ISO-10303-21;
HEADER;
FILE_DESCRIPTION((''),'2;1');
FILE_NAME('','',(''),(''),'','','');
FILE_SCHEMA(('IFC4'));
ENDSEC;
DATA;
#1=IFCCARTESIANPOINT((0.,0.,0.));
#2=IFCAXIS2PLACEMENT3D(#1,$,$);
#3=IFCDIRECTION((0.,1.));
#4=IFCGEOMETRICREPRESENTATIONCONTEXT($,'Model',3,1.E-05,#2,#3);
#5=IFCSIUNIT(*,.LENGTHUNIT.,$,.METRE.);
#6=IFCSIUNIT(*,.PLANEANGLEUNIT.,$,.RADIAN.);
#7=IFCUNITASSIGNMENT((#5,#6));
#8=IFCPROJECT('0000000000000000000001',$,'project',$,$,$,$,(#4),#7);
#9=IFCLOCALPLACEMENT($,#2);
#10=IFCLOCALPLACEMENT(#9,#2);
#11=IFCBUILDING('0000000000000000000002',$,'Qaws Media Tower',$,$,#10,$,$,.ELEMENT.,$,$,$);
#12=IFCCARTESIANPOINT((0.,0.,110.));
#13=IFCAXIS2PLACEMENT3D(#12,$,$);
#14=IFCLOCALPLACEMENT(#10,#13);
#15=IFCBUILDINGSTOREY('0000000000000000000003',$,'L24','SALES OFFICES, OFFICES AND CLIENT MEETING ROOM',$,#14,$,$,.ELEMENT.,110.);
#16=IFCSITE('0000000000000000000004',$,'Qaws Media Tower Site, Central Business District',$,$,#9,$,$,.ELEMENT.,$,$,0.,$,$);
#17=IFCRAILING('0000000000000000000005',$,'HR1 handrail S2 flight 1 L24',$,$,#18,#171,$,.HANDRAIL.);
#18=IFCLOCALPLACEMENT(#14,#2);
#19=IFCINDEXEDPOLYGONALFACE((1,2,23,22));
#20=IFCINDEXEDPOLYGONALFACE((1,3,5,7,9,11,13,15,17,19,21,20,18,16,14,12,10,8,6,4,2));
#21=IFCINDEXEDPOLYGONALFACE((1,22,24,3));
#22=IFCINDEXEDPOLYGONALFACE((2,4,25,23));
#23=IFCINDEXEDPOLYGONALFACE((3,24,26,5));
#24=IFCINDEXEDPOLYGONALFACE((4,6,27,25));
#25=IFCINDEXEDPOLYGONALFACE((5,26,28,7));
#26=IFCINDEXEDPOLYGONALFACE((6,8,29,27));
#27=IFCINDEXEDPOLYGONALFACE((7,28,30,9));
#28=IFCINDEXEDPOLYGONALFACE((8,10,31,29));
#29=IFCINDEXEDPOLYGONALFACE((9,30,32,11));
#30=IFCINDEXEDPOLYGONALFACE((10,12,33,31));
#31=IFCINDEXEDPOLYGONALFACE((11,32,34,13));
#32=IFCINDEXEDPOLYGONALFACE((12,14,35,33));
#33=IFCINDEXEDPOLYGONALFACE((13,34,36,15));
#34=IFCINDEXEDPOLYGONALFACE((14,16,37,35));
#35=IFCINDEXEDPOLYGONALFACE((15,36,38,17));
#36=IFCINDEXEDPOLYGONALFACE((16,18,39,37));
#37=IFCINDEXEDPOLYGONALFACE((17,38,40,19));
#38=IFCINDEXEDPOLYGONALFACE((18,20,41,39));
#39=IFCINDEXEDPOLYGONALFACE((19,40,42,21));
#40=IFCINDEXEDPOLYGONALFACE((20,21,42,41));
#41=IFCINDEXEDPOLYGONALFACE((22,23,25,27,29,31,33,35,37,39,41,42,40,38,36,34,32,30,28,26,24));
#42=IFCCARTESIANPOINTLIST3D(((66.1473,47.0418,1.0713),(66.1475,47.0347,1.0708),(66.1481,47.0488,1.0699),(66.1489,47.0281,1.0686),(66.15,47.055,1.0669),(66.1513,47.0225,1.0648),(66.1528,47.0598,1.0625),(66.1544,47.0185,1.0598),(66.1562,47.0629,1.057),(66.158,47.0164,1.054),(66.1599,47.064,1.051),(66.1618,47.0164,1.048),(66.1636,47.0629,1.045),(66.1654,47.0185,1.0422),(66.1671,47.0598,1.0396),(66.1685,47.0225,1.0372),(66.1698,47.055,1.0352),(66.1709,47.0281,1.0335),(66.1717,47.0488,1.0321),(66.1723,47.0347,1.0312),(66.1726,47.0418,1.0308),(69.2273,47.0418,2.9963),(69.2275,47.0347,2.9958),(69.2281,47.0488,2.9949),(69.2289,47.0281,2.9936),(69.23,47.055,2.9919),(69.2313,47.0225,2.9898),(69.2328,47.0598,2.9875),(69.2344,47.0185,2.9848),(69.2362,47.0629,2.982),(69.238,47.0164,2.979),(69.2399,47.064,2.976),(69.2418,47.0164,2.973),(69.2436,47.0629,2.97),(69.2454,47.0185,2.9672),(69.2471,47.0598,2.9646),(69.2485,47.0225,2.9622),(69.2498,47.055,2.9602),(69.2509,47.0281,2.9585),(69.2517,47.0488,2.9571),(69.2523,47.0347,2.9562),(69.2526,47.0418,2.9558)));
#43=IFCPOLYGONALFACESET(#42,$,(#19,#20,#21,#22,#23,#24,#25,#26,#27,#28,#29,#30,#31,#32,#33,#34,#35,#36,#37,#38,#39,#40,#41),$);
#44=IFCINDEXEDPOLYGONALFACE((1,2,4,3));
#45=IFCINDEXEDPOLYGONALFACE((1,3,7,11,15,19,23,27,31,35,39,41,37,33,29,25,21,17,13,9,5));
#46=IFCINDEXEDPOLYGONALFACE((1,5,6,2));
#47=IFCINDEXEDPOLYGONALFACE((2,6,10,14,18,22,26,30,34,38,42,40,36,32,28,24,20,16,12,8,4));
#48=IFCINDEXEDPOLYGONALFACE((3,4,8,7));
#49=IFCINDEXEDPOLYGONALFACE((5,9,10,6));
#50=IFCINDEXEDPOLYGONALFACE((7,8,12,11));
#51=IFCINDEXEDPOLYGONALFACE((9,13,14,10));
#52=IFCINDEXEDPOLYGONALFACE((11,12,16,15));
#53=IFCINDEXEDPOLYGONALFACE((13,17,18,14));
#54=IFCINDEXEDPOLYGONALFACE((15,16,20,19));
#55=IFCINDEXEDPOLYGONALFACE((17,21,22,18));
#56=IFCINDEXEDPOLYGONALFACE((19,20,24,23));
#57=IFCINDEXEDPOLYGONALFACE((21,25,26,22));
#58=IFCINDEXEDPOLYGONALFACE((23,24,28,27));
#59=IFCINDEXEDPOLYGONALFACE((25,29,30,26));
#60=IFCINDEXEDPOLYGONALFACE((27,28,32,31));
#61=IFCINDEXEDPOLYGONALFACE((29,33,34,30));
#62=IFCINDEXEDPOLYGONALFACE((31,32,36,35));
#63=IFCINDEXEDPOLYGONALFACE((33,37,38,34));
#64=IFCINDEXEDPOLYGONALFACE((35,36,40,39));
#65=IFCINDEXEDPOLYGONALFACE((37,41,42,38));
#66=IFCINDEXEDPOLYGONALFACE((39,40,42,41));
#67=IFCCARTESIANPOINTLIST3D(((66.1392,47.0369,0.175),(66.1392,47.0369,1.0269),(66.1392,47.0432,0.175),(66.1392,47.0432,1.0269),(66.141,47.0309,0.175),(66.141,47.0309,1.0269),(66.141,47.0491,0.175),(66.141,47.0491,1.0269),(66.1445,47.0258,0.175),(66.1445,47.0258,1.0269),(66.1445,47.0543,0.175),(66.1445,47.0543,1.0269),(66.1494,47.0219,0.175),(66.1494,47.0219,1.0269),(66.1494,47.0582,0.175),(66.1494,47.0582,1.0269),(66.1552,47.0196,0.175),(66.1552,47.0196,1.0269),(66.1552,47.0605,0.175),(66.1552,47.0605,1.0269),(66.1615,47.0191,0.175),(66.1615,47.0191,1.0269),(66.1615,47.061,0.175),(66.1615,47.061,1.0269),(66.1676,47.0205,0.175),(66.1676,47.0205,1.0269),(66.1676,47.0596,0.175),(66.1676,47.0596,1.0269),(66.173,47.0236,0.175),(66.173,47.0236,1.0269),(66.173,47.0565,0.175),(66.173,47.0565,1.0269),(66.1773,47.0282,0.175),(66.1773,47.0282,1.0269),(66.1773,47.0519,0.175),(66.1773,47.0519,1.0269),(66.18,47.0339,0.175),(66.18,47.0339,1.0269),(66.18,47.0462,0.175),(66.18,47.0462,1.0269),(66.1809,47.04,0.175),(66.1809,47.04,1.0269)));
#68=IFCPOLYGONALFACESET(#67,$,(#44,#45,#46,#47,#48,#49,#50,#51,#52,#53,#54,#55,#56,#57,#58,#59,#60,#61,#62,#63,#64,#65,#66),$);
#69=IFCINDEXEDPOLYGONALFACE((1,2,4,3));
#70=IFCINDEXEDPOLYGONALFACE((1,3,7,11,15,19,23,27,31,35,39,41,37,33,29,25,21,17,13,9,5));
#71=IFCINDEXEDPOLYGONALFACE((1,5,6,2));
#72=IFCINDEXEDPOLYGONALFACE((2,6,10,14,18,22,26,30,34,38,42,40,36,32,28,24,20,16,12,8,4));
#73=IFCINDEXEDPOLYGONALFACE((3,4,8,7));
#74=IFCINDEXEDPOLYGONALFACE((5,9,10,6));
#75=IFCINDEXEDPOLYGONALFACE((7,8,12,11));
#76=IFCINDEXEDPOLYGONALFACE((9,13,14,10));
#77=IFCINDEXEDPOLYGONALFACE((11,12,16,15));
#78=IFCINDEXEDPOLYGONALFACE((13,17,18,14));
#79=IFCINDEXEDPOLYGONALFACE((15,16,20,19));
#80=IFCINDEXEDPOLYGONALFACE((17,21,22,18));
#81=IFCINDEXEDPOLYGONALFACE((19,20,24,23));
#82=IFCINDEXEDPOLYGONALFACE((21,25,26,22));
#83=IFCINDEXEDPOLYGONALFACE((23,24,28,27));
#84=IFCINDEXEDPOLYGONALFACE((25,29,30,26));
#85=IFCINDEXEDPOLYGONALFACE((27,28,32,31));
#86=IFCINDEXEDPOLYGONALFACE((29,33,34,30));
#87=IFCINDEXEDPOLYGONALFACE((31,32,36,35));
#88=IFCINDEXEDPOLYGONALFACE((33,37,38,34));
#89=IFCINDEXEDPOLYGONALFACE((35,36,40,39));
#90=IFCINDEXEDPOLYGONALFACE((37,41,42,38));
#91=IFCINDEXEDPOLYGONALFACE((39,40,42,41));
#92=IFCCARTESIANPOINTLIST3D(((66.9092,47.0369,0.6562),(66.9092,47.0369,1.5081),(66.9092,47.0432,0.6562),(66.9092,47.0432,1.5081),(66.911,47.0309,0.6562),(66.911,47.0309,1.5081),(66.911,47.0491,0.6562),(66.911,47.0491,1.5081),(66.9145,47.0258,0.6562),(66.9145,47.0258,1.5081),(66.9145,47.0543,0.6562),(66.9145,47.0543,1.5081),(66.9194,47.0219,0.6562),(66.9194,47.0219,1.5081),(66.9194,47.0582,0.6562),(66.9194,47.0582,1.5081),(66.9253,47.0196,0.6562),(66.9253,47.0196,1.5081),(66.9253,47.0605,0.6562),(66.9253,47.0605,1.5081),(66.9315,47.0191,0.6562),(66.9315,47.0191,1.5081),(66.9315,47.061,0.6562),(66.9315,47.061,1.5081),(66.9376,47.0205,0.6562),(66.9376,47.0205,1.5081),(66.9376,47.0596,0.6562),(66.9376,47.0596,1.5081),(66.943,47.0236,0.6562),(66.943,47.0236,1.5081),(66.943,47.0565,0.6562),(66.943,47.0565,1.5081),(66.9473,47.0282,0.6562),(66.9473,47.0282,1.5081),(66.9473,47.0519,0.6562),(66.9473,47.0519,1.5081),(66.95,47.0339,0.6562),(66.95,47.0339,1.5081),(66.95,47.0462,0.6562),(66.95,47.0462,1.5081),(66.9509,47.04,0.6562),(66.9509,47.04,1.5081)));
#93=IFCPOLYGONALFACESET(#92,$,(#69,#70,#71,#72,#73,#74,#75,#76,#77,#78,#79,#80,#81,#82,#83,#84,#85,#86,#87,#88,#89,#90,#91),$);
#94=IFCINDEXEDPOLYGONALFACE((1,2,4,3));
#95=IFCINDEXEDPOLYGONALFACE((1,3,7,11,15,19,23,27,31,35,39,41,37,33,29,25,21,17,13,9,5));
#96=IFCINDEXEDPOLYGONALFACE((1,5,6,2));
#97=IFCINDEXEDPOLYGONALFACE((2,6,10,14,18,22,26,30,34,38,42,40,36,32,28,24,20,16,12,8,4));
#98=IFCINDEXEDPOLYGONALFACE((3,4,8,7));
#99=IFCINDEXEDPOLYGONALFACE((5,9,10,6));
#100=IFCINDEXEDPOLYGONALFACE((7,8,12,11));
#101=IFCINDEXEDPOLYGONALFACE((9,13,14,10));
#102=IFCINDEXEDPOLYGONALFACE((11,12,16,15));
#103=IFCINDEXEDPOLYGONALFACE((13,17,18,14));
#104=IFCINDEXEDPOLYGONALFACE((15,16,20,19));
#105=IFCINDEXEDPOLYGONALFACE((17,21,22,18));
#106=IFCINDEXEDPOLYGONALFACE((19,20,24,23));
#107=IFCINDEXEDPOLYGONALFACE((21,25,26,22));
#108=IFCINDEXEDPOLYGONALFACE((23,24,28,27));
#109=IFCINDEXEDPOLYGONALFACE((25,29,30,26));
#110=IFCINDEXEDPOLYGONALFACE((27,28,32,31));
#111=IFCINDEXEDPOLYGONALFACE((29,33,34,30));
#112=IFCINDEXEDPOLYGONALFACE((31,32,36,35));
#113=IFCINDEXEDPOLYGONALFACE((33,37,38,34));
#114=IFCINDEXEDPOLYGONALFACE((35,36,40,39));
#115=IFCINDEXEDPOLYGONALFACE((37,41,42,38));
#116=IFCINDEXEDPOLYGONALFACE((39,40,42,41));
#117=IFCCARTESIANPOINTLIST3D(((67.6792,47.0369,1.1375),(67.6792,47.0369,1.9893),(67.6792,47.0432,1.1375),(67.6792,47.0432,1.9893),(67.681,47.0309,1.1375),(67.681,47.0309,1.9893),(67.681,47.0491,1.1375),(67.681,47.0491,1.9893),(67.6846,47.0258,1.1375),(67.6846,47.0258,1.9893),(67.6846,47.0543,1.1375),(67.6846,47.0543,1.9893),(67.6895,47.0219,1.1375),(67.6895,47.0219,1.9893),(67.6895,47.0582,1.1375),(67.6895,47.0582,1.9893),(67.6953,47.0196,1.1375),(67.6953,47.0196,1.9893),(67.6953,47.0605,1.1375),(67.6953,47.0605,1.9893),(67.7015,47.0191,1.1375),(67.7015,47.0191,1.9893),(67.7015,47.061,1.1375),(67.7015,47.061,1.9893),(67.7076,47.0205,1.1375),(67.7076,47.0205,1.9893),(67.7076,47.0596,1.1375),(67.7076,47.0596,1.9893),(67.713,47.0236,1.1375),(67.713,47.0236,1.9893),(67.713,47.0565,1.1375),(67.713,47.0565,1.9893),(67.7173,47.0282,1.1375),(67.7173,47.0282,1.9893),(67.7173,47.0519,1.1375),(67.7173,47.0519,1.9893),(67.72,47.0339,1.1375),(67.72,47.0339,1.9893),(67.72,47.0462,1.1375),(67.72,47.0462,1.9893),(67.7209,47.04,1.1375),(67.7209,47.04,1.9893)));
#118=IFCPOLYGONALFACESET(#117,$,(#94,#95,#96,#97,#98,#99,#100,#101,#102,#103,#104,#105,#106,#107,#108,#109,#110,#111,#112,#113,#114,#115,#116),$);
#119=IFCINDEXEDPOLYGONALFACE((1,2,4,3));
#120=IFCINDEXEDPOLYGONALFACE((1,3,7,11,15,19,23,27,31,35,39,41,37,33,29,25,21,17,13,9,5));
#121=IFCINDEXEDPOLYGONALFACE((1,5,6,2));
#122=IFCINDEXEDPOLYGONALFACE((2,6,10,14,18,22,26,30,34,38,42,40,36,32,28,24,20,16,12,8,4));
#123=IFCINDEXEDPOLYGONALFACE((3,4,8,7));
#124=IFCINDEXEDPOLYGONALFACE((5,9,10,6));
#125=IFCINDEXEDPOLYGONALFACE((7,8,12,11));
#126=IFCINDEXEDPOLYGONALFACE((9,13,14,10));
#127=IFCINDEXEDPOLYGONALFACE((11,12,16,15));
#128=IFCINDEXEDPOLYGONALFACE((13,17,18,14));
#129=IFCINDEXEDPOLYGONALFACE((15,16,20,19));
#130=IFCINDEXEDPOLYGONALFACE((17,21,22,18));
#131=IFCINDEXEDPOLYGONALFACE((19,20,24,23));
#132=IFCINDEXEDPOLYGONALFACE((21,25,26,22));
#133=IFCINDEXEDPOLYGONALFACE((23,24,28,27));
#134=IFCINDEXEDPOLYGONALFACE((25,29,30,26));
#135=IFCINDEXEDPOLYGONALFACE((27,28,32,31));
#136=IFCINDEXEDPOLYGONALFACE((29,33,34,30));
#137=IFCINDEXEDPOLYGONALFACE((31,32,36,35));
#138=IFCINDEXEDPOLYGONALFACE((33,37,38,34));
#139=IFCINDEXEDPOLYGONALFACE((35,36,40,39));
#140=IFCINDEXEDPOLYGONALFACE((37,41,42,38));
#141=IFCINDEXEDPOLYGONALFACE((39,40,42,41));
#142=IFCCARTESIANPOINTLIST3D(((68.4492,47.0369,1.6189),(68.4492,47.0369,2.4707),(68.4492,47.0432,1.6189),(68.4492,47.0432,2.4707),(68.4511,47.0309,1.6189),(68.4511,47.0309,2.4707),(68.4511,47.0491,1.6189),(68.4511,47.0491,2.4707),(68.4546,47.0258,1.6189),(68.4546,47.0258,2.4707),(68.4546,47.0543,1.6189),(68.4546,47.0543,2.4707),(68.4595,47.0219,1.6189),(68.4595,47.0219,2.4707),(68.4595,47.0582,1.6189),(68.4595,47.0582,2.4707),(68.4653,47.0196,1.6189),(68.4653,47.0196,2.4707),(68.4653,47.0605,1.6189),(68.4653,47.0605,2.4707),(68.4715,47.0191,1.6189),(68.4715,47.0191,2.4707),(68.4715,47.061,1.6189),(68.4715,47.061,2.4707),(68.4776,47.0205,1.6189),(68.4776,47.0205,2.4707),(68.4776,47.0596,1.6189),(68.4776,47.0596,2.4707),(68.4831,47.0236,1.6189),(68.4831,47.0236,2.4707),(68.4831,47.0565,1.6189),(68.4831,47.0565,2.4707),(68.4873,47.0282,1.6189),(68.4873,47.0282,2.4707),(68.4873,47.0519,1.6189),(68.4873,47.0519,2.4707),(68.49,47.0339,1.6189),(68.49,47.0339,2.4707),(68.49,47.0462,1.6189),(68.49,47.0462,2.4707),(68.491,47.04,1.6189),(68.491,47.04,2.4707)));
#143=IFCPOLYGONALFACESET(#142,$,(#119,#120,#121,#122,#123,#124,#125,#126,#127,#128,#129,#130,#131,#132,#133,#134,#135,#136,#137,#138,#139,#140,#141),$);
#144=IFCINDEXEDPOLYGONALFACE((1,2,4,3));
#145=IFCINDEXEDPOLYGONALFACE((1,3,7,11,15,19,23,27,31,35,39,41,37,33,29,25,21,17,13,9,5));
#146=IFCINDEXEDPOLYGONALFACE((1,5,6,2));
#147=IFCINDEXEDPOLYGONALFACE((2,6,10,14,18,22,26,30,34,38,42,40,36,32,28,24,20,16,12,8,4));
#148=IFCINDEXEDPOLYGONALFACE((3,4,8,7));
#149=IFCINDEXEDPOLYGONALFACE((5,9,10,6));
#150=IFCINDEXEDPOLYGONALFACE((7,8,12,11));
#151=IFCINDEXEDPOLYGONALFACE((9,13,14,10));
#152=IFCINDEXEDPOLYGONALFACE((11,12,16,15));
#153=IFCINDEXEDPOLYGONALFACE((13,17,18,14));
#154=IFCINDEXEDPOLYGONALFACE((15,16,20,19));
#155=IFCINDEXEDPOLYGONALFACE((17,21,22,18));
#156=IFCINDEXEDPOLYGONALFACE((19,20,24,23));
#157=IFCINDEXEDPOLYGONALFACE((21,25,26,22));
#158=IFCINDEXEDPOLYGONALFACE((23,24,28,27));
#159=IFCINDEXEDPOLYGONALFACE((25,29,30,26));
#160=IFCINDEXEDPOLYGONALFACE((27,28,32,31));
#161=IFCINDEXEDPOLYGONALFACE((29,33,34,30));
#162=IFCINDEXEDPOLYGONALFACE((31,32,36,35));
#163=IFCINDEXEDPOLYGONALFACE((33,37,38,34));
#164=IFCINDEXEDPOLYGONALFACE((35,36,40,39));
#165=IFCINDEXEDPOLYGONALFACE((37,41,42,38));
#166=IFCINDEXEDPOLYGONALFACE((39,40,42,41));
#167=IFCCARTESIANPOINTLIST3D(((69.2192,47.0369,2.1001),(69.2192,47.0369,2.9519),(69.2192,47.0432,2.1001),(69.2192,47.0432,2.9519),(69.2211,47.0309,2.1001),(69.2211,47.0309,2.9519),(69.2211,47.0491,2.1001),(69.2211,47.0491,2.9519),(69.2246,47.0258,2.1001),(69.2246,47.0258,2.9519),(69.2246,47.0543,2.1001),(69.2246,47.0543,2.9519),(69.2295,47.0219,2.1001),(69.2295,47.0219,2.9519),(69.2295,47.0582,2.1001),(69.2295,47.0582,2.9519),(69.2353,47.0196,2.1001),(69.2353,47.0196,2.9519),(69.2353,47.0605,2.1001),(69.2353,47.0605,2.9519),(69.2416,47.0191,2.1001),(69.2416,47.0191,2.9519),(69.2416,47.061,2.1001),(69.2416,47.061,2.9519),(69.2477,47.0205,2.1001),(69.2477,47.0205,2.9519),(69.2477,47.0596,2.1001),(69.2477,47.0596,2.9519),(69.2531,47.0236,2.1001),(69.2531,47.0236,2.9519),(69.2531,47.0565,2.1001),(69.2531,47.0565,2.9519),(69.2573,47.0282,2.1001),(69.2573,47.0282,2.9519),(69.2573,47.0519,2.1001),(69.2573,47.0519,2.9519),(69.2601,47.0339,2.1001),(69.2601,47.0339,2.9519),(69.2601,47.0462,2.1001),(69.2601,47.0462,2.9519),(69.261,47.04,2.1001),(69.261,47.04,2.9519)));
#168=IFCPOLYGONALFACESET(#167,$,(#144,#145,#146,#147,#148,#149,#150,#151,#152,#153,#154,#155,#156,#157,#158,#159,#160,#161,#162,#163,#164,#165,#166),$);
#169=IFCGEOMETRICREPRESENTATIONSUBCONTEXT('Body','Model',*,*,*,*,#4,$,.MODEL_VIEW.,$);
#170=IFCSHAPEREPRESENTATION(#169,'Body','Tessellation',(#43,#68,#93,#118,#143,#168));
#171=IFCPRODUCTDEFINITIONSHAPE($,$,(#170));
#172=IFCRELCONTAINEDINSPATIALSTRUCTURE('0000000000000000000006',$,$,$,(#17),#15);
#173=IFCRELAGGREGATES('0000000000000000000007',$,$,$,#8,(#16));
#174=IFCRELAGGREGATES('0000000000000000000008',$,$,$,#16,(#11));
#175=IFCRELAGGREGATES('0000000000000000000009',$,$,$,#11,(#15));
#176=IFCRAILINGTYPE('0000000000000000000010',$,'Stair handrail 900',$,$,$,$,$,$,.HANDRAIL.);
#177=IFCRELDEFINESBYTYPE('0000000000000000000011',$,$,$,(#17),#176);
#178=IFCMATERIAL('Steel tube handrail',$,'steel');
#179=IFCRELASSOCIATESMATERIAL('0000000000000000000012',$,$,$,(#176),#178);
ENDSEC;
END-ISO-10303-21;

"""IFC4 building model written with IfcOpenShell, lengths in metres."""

from ifc_helpers import new_model, si_unit, direction, frame, origin, origin_2d, place, context, subcontext, project, spatial, circle, extrude, material, type_object, element, save


model = new_model("IFC4")

# Units and contexts
model_context = context("Model", 3, precision=1e-05, world=origin(), true_north=direction((0.0, 1.0)))
body_context = subcontext(model_context, "Body", "Model", "MODEL_VIEW")
ifc_project = project(units=[si_unit("LENGTHUNIT", "METRE"), si_unit("PLANEANGLEUNIT", "RADIAN")], contexts=[model_context])

# Site, building, storey
site_placement = place(None, origin())
site = spatial("IfcSite", under=ifc_project, at=site_placement, Name="Qaws Media Tower Site, Central Business District", CompositionType="ELEMENT", RefElevation=0.0)
building_placement = place(site_placement, origin())
building = spatial("IfcBuilding", under=site, at=building_placement, Name="Qaws Media Tower", CompositionType="ELEMENT")
storey_placement = place(building_placement, frame((0.0, 0.0, 110.0)))
storey = spatial("IfcBuildingStorey", under=building, at=storey_placement, Name="L24", Description="SALES OFFICES, OFFICES AND CLIENT MEETING ROOM", CompositionType="ELEMENT", Elevation=110.0)

# Railing
ifc_material_1 = material(Name="Steel tube handrail", Category="steel")
railing_type = type_object("IfcRailingType", Name="Stair handrail 900", PredefinedType="HANDRAIL", material=ifc_material_1)
for number, where, name in (
    (1, (66.1599, 47.04, 0.175), "HR1 handrail S2 flight 1 L24"),
):
    element("IfcRailing", number, at=place(storey_placement, frame(where)), inside=storey, type_object=railing_type, Name=name, PredefinedType="HANDRAIL", context=body_context, shape_type="SweptSolid", body=[
        extrude(circle(Radius=0.0239, at=origin_2d()), frame((0.0, 0.0, 0.876), z_axis=(0.847998, 0.0, 0.529999), x_axis=(0.0, 1.0, 0.0)), (0.0, 0.0, 1.0), 3.6321),
        extrude(circle(Radius=0.021, at=origin_2d()), origin(), (0.0, 0.0, 1.0), 0.8518),
        extrude(circle(Radius=0.021, at=origin_2d()), frame((0.77, 0.0, 0.4812)), (0.0, 0.0, 1.0), 0.8518),
        extrude(circle(Radius=0.021, at=origin_2d()), frame((1.54, 0.0, 0.9624)), (0.0, 0.0, 1.0), 0.8518),
        extrude(circle(Radius=0.021, at=origin_2d()), frame((2.3101, 0.0, 1.4438)), (0.0, 0.0, 1.0), 0.8518),
        extrude(circle(Radius=0.021, at=origin_2d()), frame((3.0801, 0.0, 1.925)), (0.0, 0.0, 1.0), 0.8518),
    ])

save(model, "model.ifc")
